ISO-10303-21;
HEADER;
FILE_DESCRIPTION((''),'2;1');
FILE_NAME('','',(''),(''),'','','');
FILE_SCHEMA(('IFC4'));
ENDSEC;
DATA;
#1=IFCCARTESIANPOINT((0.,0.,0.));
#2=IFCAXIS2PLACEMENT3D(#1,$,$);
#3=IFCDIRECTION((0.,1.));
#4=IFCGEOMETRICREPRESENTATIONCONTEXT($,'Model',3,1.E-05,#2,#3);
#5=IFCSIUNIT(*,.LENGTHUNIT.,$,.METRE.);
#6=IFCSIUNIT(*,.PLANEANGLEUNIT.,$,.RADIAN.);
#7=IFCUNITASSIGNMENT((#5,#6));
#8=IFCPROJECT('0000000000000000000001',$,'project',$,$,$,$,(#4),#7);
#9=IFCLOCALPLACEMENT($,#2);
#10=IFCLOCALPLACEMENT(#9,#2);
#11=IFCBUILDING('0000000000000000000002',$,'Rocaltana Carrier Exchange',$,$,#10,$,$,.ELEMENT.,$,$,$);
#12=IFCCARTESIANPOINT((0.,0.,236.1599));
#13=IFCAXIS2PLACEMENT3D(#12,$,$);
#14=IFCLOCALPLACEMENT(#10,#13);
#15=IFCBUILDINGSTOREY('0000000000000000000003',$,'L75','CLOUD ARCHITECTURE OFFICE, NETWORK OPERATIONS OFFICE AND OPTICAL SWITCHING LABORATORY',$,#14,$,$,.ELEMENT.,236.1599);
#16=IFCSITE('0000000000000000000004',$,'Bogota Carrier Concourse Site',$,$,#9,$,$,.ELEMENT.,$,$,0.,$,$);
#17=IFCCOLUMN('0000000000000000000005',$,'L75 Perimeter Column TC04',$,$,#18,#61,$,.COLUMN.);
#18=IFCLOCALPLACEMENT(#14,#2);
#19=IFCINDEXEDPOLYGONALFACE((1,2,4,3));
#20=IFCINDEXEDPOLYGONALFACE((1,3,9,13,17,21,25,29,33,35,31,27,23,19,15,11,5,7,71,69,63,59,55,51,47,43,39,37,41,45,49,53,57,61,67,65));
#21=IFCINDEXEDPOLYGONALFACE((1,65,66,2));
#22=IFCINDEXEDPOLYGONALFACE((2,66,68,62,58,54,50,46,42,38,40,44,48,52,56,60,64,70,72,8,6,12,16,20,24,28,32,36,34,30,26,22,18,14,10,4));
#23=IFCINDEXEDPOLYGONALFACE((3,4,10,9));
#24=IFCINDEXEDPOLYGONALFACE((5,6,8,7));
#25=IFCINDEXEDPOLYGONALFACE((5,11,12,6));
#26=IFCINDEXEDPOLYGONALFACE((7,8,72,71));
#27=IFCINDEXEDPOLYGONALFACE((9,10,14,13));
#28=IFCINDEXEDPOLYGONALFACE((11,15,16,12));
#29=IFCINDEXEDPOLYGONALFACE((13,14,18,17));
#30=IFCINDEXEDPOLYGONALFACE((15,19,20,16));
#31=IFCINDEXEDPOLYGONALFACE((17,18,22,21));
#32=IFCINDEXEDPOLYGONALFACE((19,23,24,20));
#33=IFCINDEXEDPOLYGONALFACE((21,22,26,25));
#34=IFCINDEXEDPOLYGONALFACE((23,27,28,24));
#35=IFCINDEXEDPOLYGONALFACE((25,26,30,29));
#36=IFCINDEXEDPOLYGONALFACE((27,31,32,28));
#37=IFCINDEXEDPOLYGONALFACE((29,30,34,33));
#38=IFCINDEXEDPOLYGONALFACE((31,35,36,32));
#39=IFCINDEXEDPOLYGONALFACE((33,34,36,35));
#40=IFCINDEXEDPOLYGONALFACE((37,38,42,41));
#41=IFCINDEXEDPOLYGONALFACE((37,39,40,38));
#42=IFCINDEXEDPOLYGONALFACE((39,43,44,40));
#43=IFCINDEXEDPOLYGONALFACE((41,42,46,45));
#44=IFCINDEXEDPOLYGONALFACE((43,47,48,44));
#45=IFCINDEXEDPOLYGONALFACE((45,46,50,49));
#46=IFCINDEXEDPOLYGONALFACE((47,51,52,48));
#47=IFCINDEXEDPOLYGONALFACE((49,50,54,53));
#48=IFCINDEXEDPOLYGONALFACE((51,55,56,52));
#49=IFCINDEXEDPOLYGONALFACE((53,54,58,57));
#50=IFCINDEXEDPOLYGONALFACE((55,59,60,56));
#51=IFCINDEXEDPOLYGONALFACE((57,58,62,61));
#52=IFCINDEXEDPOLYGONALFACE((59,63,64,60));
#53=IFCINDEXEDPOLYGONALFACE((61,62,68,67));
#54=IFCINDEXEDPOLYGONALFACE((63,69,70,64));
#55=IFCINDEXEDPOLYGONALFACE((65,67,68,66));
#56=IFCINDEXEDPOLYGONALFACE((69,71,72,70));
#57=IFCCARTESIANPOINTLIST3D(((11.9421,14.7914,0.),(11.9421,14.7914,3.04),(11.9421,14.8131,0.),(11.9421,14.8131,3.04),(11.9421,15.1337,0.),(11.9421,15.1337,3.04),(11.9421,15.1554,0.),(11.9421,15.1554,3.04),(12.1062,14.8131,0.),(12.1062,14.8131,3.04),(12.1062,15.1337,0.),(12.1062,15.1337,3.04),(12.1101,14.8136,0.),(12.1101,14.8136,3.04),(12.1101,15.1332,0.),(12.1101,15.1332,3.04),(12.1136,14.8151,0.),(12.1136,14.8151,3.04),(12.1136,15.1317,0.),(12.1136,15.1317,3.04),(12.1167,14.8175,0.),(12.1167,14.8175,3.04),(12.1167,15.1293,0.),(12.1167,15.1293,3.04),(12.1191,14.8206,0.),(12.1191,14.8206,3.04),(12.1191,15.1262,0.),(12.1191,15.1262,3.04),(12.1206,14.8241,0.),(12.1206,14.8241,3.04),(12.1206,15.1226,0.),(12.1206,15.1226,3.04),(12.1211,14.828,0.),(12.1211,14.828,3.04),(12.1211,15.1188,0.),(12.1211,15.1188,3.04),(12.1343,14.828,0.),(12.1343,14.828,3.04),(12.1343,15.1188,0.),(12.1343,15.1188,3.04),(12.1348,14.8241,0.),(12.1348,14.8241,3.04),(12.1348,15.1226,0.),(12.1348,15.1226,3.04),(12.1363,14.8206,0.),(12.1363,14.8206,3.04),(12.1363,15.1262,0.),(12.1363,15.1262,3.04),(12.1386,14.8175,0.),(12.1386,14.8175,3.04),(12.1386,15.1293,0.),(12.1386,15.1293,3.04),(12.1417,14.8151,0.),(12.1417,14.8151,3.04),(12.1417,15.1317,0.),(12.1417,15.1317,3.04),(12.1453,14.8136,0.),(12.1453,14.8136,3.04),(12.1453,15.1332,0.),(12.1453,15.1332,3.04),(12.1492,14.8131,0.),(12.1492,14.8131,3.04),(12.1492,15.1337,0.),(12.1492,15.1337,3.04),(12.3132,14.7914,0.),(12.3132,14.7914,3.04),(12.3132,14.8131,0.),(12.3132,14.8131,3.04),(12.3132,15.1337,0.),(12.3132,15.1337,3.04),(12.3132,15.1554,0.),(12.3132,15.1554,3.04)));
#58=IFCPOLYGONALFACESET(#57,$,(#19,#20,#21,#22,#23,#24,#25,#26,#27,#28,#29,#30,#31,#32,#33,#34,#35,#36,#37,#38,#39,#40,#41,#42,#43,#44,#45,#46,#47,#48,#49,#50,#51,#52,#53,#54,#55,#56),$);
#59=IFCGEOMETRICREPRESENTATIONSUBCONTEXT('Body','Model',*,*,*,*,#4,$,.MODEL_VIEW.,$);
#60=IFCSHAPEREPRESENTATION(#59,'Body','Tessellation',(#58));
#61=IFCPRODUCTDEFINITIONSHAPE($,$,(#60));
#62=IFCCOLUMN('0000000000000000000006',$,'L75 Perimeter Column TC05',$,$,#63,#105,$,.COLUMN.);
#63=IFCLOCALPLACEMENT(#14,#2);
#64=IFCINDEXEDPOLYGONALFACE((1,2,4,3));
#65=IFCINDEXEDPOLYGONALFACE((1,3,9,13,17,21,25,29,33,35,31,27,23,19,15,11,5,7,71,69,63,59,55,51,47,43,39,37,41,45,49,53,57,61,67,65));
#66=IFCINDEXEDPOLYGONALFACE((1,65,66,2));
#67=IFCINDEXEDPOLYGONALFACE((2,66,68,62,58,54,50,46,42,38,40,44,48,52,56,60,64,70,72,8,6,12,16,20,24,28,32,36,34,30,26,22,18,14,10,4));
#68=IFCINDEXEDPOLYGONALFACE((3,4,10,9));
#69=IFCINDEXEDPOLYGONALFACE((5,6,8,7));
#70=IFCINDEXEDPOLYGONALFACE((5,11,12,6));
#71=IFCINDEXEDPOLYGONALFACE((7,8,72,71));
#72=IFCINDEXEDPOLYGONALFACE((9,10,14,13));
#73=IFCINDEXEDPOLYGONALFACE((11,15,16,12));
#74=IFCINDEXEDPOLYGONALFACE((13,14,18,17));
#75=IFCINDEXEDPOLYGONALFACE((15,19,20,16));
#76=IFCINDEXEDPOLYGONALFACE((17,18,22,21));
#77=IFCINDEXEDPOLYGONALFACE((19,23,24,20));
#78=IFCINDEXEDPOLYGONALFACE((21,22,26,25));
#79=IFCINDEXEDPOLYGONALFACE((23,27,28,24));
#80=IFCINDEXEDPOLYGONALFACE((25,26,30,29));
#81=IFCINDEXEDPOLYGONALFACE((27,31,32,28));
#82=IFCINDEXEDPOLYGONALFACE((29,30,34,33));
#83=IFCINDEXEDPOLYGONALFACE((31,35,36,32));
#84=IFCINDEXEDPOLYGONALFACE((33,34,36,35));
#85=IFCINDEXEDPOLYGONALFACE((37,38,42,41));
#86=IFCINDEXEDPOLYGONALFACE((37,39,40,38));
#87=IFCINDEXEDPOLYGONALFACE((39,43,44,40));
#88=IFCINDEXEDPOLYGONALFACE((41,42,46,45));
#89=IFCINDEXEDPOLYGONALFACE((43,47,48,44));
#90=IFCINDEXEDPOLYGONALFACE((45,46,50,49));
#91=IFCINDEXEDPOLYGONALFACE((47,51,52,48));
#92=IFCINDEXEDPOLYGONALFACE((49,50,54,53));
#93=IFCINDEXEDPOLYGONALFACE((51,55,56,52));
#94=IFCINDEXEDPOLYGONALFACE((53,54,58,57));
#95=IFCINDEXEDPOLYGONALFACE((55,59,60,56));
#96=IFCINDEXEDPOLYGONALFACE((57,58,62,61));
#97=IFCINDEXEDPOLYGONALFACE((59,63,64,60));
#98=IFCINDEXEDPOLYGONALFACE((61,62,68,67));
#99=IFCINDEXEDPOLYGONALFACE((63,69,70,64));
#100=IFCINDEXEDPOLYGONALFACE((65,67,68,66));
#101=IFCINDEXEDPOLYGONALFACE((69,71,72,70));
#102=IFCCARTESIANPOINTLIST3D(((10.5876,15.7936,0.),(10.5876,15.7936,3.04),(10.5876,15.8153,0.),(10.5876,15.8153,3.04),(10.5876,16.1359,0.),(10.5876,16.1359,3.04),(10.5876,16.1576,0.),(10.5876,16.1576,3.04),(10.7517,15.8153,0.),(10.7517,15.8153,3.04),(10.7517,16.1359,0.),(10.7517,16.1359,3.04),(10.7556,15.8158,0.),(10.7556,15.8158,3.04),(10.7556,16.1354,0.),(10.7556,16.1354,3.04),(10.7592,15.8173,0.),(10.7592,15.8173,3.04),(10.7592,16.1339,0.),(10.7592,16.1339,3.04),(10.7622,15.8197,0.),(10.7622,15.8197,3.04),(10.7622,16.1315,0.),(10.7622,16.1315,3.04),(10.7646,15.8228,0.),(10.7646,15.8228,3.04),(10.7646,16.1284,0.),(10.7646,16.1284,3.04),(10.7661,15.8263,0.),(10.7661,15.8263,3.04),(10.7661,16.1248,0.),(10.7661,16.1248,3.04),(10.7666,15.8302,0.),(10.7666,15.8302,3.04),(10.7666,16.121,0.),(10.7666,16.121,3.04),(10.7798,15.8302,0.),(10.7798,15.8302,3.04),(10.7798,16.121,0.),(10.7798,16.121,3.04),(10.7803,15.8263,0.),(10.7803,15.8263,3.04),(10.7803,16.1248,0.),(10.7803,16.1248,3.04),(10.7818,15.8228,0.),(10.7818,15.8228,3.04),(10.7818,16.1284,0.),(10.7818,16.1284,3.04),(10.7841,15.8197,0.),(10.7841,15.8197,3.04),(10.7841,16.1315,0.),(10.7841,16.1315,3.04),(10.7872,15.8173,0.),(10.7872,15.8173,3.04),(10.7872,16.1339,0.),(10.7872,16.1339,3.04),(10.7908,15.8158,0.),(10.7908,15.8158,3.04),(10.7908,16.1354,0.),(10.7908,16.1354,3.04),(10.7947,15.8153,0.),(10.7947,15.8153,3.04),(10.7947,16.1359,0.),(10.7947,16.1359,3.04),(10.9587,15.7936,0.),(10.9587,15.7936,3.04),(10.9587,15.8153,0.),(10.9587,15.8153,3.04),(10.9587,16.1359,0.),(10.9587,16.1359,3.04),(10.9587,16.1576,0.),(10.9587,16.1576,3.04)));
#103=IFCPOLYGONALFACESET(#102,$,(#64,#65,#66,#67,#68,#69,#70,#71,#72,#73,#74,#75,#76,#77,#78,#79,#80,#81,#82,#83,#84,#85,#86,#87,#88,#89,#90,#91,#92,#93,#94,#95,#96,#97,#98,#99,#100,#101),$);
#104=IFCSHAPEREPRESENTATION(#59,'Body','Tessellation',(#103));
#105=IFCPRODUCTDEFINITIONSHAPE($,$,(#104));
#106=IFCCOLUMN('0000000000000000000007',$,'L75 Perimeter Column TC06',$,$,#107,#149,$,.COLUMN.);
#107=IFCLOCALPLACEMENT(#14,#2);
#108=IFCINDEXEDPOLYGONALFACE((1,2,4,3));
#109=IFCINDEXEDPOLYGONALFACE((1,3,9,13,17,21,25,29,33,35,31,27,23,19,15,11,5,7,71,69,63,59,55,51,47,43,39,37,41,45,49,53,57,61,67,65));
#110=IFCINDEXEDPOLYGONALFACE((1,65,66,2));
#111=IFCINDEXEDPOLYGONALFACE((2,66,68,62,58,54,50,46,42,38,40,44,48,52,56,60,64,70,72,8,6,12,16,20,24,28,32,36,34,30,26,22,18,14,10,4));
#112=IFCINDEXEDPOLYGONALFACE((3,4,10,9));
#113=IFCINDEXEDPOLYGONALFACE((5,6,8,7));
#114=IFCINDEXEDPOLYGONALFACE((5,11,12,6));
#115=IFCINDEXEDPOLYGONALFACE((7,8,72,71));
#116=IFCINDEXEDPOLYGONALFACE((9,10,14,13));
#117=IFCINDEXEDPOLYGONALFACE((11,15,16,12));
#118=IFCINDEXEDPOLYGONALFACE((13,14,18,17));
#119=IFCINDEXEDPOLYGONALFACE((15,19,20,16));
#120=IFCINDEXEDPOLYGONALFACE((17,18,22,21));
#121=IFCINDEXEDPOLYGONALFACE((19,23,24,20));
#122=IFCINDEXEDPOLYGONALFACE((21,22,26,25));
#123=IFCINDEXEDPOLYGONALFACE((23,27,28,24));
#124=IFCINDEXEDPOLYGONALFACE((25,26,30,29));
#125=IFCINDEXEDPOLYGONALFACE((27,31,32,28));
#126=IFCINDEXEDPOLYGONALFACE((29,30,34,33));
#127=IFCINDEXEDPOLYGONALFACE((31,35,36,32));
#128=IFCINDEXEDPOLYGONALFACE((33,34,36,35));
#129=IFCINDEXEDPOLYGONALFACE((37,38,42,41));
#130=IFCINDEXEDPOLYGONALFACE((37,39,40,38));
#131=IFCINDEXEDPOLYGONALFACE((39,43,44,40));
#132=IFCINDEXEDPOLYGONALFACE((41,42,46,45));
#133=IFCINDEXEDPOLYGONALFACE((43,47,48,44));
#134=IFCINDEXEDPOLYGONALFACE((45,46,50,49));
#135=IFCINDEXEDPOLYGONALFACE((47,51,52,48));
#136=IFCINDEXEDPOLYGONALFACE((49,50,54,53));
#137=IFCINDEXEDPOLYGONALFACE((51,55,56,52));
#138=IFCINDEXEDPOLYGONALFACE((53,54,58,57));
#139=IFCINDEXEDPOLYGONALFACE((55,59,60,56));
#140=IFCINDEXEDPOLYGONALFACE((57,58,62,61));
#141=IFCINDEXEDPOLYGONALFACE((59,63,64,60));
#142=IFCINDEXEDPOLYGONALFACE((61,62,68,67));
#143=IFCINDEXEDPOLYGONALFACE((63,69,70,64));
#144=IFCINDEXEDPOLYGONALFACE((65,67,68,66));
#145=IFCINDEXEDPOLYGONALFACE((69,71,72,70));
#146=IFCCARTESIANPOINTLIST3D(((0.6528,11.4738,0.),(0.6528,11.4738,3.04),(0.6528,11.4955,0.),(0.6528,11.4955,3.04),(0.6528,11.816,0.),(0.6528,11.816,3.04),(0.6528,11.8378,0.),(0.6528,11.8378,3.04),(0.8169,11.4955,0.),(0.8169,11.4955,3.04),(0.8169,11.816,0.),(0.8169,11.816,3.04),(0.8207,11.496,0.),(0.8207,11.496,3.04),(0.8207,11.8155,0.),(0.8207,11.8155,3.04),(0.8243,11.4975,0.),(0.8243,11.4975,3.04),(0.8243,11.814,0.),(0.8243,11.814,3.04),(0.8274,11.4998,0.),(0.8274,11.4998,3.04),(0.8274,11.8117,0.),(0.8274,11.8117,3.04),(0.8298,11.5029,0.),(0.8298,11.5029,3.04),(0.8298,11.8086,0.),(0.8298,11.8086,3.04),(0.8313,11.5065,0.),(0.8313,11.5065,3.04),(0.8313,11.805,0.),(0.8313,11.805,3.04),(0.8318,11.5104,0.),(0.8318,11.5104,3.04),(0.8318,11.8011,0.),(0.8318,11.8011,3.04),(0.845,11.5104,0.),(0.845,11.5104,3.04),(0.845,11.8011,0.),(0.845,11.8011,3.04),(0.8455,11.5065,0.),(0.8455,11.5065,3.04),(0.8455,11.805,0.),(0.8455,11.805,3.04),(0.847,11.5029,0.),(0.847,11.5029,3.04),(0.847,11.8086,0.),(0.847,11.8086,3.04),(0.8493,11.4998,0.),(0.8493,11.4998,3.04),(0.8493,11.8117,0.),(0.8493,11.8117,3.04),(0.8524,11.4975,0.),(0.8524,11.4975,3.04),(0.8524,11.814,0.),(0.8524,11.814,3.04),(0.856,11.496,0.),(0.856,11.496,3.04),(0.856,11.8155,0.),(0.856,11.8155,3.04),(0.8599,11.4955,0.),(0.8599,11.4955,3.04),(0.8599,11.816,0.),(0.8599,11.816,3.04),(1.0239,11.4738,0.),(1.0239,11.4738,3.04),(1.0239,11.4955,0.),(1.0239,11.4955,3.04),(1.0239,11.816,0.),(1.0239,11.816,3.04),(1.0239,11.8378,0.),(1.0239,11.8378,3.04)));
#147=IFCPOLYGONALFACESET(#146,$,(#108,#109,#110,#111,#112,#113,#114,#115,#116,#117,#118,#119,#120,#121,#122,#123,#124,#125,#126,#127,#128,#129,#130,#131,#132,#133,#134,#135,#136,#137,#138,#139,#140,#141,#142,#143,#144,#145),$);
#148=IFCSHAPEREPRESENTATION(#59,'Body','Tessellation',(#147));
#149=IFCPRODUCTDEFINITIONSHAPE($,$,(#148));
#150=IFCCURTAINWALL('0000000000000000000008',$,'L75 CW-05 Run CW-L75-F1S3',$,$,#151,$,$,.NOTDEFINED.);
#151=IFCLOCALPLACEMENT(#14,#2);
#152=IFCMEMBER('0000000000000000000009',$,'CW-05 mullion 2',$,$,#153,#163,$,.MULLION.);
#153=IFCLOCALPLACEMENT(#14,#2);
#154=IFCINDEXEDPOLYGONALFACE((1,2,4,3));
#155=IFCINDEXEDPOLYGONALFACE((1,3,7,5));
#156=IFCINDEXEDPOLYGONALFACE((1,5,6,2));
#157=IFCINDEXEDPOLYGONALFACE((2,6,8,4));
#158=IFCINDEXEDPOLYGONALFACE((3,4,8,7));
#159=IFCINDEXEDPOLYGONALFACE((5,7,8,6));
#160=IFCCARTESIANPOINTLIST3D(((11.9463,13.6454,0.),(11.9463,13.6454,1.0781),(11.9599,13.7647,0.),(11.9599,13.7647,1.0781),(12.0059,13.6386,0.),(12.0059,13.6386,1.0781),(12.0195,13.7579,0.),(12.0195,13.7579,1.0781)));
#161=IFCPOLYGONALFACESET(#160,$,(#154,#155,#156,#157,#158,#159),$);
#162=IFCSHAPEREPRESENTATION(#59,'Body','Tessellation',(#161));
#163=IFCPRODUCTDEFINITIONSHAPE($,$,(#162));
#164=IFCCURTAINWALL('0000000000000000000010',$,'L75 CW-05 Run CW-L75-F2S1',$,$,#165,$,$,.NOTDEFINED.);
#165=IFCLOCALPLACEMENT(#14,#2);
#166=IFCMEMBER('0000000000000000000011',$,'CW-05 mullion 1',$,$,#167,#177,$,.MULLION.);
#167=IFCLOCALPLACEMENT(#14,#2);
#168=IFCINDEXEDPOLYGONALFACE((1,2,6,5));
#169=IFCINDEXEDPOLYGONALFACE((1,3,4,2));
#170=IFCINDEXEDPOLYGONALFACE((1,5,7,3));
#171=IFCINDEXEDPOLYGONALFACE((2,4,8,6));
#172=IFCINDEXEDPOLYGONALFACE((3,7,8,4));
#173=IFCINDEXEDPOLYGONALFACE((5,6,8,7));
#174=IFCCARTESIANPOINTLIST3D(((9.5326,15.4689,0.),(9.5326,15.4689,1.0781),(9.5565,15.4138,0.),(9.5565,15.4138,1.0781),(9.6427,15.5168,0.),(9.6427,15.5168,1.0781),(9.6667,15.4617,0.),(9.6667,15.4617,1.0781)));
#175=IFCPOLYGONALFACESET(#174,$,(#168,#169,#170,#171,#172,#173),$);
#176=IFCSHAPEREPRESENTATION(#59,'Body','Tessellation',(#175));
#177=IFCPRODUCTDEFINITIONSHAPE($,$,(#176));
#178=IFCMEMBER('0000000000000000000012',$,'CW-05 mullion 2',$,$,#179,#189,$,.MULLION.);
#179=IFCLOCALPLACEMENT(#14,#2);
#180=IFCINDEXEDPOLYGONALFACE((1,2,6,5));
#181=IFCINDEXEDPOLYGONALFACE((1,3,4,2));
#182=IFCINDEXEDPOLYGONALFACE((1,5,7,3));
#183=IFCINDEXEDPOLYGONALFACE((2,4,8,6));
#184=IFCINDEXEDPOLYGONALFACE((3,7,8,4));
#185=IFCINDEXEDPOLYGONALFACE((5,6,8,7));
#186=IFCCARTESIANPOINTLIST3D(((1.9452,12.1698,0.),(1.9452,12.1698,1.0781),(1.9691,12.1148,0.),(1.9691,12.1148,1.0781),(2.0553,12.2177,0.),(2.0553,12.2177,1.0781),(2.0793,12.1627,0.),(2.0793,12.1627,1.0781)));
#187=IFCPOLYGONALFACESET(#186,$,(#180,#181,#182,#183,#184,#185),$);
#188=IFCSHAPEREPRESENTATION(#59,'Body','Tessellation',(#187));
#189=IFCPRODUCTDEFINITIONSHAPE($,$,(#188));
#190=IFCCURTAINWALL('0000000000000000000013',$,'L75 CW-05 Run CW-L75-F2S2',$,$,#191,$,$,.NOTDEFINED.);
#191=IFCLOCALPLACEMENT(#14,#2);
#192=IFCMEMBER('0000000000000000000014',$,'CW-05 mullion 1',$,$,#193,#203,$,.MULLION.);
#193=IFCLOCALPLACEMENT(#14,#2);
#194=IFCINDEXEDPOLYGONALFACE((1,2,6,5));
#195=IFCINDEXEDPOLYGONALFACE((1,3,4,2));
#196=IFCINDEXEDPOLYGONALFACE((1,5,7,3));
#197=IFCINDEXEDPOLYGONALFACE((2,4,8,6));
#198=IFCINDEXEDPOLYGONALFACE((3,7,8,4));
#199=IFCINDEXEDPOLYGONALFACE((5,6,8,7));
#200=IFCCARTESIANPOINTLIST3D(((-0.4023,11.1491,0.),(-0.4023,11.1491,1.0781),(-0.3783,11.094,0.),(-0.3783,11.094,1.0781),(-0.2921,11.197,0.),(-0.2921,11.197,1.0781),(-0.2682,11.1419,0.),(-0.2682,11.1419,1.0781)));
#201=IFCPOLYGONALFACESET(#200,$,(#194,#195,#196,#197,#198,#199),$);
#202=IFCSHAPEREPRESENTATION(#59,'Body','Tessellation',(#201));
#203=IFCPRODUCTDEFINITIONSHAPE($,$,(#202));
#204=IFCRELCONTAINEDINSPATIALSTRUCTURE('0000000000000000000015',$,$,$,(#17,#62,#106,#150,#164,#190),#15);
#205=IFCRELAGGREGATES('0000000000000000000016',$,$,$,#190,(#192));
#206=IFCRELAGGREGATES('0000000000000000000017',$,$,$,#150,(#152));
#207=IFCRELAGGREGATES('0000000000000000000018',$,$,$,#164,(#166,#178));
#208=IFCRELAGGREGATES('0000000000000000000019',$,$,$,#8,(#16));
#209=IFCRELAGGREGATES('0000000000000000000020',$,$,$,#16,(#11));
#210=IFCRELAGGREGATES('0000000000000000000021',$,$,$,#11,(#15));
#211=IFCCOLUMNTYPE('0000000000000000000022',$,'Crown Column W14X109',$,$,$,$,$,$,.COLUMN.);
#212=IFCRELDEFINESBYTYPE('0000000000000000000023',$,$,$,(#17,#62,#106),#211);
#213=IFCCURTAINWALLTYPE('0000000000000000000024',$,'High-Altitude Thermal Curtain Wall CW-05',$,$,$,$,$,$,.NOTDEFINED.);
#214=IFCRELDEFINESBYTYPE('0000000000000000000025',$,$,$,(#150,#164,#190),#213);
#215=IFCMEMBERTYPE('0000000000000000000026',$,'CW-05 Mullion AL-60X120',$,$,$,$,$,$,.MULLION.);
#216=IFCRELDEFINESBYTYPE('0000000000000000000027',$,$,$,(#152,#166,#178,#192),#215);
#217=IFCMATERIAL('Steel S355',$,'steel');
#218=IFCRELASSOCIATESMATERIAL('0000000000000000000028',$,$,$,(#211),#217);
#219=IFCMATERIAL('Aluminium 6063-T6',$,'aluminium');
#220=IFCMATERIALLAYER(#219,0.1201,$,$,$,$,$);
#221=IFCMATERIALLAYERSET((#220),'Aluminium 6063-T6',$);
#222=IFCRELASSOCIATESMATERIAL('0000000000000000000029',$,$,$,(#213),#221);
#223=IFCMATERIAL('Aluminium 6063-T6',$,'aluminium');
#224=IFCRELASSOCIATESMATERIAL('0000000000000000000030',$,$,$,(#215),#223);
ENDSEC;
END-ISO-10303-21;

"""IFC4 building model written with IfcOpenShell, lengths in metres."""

from ifc_helpers import new_model, si_unit, direction, frame, origin, origin_2d, place, context, subcontext, project, spatial, rectangle, i_section, extrude, material, layer, layer_set, material_profile, profile_set, type_object, element, aggregate, save


model = new_model("IFC4")

# Units and contexts
model_context = context("Model", 3, precision=1e-05, world=origin(), true_north=direction((0.0, 1.0)))
body_context = subcontext(model_context, "Body", "Model", "MODEL_VIEW")
ifc_project = project(units=[si_unit("LENGTHUNIT", "METRE"), si_unit("PLANEANGLEUNIT", "RADIAN")], contexts=[model_context])

# Site, building, storey
site_placement = place(None, origin())
site = spatial("IfcSite", under=ifc_project, at=site_placement, Name="Bogota Carrier Concourse Site", CompositionType="ELEMENT", RefElevation=0.0)
building_placement = place(site_placement, origin())
building = spatial("IfcBuilding", under=site, at=building_placement, Name="Rocaltana Carrier Exchange", CompositionType="ELEMENT")
storey_placement = place(building_placement, frame((0.0, 0.0, 236.1599)))
storey = spatial("IfcBuildingStorey", under=building, at=storey_placement, Name="L75", Description="CLOUD ARCHITECTURE OFFICE, NETWORK OPERATIONS OFFICE AND OPTICAL SWITCHING LABORATORY", CompositionType="ELEMENT", Elevation=236.1599)

# Columns
ifc_material_1 = material(Name="Steel S355", Category="steel")
ifc_material_profile_1 = material_profile(ifc_material_1, i_section(OverallWidth=0.3711, OverallDepth=0.364, WebThickness=0.0132, FlangeThickness=0.0217, FilletRadius=0.0149, at=origin_2d()), Name="W14X109")
ifc_profile_set_1 = profile_set([ifc_material_profile_1], Name="Steel S355")
column_type = type_object("IfcColumnType", Name="Crown Column W14X109", PredefinedType="COLUMN", material=ifc_profile_set_1)
for number, where, z_axis, x_axis, name in (
    (1, (12.1277, 14.9734, 0.0), (0.0, 0.0, 1.0), (1.0, 0.0, 0.0), "L75 Perimeter Column TC04"),
    (2, (10.7732, 15.9756, 0.0), (0.0, 0.0, 1.0), (1.0, 0.0, 0.0), "L75 Perimeter Column TC05"),
    (3, (0.8384, 11.6558, 0.0), (0.0, 0.0, 1.0), (1.0, 0.0, 0.0), "L75 Perimeter Column TC06"),
):
    element("IfcColumn", number, at=place(storey_placement, frame(where, z_axis=z_axis, x_axis=x_axis)), inside=storey, type_object=column_type, Name=name, PredefinedType="COLUMN", context=body_context, shape_type="SweptSolid", body=[
        extrude(i_section(OverallWidth=0.3711, OverallDepth=0.364, WebThickness=0.0132, FlangeThickness=0.0217, FilletRadius=0.0149, at=origin_2d()), origin(), (0.0, 0.0, 1.0), 3.04),
    ])

# Curtain wall, member
ifc_material_2 = material(Name="Aluminium 6063-T6", Category="aluminium")
ifc_layer_1 = layer(ifc_material_2, 0.1201)
ifc_layer_set_1 = layer_set([ifc_layer_1], Name="Aluminium 6063-T6")
curtain_wall_type = type_object("IfcCurtainWallType", Name="High-Altitude Thermal Curtain Wall CW-05", PredefinedType="NOTDEFINED", material=ifc_layer_set_1)
curtain_wall_1_placement = place(storey_placement, origin())
curtain_wall_1 = element("IfcCurtainWall", 4, at=curtain_wall_1_placement, inside=storey, type_object=curtain_wall_type, Name="L75 CW-05 Run CW-L75-F1S3", PredefinedType="NOTDEFINED")
ifc_material_3 = material(Name="Aluminium 6063-T6", Category="aluminium")
ifc_material_profile_2 = material_profile(ifc_material_3, rectangle(XDim=0.0601, YDim=0.1201, at=origin_2d()), Name="AL-60X120")
ifc_profile_set_2 = profile_set([ifc_material_profile_2], Name="Aluminium 6063-T6")
member_type_1 = type_object("IfcMemberType", Name="CW-05 Mullion AL-60X120", PredefinedType="MULLION", material=ifc_profile_set_2)
member_1_placement = place(storey_placement, frame((11.9829, 13.7017, 0.0), z_axis=(0.0, 0.0, 1.0), x_axis=(-0.993573, 0.113197, 0.0)))
member_1 = element("IfcMember", 5, at=member_1_placement, type_object=member_type_1, Name="CW-05 mullion 2", PredefinedType="MULLION", context=body_context, shape_type="SweptSolid", body=[
    extrude(rectangle(XDim=0.0601, YDim=0.1201, at=origin_2d()), origin(), (0.0, 0.0, 1.0), 1.0781),
])

# Curtain wall, members
curtain_wall_2_placement = place(storey_placement, origin())
curtain_wall_2 = element("IfcCurtainWall", 6, at=curtain_wall_2_placement, inside=storey, type_object=curtain_wall_type, Name="L75 CW-05 Run CW-L75-F2S1", PredefinedType="NOTDEFINED")
member_2_placement = place(storey_placement, frame((9.5996, 15.4653, 0.0), z_axis=(0.0, 0.0, 1.0), x_axis=(0.398757, -0.917057, 0.0)))
member_2 = element("IfcMember", 7, at=member_2_placement, type_object=member_type_1, Name="CW-05 mullion 1", PredefinedType="MULLION", context=body_context, shape_type="SweptSolid", body=[
    extrude(rectangle(XDim=0.0601, YDim=0.1201, at=origin_2d()), origin(), (0.0, 0.0, 1.0), 1.0781),
])
member_3_placement = place(storey_placement, frame((2.0122, 12.1663, 0.0), z_axis=(0.0, 0.0, 1.0), x_axis=(0.398757, -0.917057, 0.0)))
member_3 = element("IfcMember", 8, at=member_3_placement, type_object=member_type_1, Name="CW-05 mullion 2", PredefinedType="MULLION", context=body_context, shape_type="SweptSolid", body=[
    extrude(rectangle(XDim=0.0601, YDim=0.1201, at=origin_2d()), origin(), (0.0, 0.0, 1.0), 1.0781),
])

# Curtain wall, member
curtain_wall_3_placement = place(storey_placement, origin())
curtain_wall_3 = element("IfcCurtainWall", 9, at=curtain_wall_3_placement, inside=storey, type_object=curtain_wall_type, Name="L75 CW-05 Run CW-L75-F2S2", PredefinedType="NOTDEFINED")
member_4_placement = place(storey_placement, frame((-0.3352, 11.1455, 0.0), z_axis=(0.0, 0.0, 1.0), x_axis=(0.398752, -0.917059, 0.0)))
member_4 = element("IfcMember", 10, at=member_4_placement, type_object=member_type_1, Name="CW-05 mullion 1", PredefinedType="MULLION", context=body_context, shape_type="SweptSolid", body=[
    extrude(rectangle(XDim=0.0601, YDim=0.1201, at=origin_2d()), origin(), (0.0, 0.0, 1.0), 1.0781),
])

aggregate(curtain_wall_3, [member_4])

aggregate(curtain_wall_1, [member_1])
aggregate(curtain_wall_2, [member_2, member_3])

save(model, "model.ifc")
